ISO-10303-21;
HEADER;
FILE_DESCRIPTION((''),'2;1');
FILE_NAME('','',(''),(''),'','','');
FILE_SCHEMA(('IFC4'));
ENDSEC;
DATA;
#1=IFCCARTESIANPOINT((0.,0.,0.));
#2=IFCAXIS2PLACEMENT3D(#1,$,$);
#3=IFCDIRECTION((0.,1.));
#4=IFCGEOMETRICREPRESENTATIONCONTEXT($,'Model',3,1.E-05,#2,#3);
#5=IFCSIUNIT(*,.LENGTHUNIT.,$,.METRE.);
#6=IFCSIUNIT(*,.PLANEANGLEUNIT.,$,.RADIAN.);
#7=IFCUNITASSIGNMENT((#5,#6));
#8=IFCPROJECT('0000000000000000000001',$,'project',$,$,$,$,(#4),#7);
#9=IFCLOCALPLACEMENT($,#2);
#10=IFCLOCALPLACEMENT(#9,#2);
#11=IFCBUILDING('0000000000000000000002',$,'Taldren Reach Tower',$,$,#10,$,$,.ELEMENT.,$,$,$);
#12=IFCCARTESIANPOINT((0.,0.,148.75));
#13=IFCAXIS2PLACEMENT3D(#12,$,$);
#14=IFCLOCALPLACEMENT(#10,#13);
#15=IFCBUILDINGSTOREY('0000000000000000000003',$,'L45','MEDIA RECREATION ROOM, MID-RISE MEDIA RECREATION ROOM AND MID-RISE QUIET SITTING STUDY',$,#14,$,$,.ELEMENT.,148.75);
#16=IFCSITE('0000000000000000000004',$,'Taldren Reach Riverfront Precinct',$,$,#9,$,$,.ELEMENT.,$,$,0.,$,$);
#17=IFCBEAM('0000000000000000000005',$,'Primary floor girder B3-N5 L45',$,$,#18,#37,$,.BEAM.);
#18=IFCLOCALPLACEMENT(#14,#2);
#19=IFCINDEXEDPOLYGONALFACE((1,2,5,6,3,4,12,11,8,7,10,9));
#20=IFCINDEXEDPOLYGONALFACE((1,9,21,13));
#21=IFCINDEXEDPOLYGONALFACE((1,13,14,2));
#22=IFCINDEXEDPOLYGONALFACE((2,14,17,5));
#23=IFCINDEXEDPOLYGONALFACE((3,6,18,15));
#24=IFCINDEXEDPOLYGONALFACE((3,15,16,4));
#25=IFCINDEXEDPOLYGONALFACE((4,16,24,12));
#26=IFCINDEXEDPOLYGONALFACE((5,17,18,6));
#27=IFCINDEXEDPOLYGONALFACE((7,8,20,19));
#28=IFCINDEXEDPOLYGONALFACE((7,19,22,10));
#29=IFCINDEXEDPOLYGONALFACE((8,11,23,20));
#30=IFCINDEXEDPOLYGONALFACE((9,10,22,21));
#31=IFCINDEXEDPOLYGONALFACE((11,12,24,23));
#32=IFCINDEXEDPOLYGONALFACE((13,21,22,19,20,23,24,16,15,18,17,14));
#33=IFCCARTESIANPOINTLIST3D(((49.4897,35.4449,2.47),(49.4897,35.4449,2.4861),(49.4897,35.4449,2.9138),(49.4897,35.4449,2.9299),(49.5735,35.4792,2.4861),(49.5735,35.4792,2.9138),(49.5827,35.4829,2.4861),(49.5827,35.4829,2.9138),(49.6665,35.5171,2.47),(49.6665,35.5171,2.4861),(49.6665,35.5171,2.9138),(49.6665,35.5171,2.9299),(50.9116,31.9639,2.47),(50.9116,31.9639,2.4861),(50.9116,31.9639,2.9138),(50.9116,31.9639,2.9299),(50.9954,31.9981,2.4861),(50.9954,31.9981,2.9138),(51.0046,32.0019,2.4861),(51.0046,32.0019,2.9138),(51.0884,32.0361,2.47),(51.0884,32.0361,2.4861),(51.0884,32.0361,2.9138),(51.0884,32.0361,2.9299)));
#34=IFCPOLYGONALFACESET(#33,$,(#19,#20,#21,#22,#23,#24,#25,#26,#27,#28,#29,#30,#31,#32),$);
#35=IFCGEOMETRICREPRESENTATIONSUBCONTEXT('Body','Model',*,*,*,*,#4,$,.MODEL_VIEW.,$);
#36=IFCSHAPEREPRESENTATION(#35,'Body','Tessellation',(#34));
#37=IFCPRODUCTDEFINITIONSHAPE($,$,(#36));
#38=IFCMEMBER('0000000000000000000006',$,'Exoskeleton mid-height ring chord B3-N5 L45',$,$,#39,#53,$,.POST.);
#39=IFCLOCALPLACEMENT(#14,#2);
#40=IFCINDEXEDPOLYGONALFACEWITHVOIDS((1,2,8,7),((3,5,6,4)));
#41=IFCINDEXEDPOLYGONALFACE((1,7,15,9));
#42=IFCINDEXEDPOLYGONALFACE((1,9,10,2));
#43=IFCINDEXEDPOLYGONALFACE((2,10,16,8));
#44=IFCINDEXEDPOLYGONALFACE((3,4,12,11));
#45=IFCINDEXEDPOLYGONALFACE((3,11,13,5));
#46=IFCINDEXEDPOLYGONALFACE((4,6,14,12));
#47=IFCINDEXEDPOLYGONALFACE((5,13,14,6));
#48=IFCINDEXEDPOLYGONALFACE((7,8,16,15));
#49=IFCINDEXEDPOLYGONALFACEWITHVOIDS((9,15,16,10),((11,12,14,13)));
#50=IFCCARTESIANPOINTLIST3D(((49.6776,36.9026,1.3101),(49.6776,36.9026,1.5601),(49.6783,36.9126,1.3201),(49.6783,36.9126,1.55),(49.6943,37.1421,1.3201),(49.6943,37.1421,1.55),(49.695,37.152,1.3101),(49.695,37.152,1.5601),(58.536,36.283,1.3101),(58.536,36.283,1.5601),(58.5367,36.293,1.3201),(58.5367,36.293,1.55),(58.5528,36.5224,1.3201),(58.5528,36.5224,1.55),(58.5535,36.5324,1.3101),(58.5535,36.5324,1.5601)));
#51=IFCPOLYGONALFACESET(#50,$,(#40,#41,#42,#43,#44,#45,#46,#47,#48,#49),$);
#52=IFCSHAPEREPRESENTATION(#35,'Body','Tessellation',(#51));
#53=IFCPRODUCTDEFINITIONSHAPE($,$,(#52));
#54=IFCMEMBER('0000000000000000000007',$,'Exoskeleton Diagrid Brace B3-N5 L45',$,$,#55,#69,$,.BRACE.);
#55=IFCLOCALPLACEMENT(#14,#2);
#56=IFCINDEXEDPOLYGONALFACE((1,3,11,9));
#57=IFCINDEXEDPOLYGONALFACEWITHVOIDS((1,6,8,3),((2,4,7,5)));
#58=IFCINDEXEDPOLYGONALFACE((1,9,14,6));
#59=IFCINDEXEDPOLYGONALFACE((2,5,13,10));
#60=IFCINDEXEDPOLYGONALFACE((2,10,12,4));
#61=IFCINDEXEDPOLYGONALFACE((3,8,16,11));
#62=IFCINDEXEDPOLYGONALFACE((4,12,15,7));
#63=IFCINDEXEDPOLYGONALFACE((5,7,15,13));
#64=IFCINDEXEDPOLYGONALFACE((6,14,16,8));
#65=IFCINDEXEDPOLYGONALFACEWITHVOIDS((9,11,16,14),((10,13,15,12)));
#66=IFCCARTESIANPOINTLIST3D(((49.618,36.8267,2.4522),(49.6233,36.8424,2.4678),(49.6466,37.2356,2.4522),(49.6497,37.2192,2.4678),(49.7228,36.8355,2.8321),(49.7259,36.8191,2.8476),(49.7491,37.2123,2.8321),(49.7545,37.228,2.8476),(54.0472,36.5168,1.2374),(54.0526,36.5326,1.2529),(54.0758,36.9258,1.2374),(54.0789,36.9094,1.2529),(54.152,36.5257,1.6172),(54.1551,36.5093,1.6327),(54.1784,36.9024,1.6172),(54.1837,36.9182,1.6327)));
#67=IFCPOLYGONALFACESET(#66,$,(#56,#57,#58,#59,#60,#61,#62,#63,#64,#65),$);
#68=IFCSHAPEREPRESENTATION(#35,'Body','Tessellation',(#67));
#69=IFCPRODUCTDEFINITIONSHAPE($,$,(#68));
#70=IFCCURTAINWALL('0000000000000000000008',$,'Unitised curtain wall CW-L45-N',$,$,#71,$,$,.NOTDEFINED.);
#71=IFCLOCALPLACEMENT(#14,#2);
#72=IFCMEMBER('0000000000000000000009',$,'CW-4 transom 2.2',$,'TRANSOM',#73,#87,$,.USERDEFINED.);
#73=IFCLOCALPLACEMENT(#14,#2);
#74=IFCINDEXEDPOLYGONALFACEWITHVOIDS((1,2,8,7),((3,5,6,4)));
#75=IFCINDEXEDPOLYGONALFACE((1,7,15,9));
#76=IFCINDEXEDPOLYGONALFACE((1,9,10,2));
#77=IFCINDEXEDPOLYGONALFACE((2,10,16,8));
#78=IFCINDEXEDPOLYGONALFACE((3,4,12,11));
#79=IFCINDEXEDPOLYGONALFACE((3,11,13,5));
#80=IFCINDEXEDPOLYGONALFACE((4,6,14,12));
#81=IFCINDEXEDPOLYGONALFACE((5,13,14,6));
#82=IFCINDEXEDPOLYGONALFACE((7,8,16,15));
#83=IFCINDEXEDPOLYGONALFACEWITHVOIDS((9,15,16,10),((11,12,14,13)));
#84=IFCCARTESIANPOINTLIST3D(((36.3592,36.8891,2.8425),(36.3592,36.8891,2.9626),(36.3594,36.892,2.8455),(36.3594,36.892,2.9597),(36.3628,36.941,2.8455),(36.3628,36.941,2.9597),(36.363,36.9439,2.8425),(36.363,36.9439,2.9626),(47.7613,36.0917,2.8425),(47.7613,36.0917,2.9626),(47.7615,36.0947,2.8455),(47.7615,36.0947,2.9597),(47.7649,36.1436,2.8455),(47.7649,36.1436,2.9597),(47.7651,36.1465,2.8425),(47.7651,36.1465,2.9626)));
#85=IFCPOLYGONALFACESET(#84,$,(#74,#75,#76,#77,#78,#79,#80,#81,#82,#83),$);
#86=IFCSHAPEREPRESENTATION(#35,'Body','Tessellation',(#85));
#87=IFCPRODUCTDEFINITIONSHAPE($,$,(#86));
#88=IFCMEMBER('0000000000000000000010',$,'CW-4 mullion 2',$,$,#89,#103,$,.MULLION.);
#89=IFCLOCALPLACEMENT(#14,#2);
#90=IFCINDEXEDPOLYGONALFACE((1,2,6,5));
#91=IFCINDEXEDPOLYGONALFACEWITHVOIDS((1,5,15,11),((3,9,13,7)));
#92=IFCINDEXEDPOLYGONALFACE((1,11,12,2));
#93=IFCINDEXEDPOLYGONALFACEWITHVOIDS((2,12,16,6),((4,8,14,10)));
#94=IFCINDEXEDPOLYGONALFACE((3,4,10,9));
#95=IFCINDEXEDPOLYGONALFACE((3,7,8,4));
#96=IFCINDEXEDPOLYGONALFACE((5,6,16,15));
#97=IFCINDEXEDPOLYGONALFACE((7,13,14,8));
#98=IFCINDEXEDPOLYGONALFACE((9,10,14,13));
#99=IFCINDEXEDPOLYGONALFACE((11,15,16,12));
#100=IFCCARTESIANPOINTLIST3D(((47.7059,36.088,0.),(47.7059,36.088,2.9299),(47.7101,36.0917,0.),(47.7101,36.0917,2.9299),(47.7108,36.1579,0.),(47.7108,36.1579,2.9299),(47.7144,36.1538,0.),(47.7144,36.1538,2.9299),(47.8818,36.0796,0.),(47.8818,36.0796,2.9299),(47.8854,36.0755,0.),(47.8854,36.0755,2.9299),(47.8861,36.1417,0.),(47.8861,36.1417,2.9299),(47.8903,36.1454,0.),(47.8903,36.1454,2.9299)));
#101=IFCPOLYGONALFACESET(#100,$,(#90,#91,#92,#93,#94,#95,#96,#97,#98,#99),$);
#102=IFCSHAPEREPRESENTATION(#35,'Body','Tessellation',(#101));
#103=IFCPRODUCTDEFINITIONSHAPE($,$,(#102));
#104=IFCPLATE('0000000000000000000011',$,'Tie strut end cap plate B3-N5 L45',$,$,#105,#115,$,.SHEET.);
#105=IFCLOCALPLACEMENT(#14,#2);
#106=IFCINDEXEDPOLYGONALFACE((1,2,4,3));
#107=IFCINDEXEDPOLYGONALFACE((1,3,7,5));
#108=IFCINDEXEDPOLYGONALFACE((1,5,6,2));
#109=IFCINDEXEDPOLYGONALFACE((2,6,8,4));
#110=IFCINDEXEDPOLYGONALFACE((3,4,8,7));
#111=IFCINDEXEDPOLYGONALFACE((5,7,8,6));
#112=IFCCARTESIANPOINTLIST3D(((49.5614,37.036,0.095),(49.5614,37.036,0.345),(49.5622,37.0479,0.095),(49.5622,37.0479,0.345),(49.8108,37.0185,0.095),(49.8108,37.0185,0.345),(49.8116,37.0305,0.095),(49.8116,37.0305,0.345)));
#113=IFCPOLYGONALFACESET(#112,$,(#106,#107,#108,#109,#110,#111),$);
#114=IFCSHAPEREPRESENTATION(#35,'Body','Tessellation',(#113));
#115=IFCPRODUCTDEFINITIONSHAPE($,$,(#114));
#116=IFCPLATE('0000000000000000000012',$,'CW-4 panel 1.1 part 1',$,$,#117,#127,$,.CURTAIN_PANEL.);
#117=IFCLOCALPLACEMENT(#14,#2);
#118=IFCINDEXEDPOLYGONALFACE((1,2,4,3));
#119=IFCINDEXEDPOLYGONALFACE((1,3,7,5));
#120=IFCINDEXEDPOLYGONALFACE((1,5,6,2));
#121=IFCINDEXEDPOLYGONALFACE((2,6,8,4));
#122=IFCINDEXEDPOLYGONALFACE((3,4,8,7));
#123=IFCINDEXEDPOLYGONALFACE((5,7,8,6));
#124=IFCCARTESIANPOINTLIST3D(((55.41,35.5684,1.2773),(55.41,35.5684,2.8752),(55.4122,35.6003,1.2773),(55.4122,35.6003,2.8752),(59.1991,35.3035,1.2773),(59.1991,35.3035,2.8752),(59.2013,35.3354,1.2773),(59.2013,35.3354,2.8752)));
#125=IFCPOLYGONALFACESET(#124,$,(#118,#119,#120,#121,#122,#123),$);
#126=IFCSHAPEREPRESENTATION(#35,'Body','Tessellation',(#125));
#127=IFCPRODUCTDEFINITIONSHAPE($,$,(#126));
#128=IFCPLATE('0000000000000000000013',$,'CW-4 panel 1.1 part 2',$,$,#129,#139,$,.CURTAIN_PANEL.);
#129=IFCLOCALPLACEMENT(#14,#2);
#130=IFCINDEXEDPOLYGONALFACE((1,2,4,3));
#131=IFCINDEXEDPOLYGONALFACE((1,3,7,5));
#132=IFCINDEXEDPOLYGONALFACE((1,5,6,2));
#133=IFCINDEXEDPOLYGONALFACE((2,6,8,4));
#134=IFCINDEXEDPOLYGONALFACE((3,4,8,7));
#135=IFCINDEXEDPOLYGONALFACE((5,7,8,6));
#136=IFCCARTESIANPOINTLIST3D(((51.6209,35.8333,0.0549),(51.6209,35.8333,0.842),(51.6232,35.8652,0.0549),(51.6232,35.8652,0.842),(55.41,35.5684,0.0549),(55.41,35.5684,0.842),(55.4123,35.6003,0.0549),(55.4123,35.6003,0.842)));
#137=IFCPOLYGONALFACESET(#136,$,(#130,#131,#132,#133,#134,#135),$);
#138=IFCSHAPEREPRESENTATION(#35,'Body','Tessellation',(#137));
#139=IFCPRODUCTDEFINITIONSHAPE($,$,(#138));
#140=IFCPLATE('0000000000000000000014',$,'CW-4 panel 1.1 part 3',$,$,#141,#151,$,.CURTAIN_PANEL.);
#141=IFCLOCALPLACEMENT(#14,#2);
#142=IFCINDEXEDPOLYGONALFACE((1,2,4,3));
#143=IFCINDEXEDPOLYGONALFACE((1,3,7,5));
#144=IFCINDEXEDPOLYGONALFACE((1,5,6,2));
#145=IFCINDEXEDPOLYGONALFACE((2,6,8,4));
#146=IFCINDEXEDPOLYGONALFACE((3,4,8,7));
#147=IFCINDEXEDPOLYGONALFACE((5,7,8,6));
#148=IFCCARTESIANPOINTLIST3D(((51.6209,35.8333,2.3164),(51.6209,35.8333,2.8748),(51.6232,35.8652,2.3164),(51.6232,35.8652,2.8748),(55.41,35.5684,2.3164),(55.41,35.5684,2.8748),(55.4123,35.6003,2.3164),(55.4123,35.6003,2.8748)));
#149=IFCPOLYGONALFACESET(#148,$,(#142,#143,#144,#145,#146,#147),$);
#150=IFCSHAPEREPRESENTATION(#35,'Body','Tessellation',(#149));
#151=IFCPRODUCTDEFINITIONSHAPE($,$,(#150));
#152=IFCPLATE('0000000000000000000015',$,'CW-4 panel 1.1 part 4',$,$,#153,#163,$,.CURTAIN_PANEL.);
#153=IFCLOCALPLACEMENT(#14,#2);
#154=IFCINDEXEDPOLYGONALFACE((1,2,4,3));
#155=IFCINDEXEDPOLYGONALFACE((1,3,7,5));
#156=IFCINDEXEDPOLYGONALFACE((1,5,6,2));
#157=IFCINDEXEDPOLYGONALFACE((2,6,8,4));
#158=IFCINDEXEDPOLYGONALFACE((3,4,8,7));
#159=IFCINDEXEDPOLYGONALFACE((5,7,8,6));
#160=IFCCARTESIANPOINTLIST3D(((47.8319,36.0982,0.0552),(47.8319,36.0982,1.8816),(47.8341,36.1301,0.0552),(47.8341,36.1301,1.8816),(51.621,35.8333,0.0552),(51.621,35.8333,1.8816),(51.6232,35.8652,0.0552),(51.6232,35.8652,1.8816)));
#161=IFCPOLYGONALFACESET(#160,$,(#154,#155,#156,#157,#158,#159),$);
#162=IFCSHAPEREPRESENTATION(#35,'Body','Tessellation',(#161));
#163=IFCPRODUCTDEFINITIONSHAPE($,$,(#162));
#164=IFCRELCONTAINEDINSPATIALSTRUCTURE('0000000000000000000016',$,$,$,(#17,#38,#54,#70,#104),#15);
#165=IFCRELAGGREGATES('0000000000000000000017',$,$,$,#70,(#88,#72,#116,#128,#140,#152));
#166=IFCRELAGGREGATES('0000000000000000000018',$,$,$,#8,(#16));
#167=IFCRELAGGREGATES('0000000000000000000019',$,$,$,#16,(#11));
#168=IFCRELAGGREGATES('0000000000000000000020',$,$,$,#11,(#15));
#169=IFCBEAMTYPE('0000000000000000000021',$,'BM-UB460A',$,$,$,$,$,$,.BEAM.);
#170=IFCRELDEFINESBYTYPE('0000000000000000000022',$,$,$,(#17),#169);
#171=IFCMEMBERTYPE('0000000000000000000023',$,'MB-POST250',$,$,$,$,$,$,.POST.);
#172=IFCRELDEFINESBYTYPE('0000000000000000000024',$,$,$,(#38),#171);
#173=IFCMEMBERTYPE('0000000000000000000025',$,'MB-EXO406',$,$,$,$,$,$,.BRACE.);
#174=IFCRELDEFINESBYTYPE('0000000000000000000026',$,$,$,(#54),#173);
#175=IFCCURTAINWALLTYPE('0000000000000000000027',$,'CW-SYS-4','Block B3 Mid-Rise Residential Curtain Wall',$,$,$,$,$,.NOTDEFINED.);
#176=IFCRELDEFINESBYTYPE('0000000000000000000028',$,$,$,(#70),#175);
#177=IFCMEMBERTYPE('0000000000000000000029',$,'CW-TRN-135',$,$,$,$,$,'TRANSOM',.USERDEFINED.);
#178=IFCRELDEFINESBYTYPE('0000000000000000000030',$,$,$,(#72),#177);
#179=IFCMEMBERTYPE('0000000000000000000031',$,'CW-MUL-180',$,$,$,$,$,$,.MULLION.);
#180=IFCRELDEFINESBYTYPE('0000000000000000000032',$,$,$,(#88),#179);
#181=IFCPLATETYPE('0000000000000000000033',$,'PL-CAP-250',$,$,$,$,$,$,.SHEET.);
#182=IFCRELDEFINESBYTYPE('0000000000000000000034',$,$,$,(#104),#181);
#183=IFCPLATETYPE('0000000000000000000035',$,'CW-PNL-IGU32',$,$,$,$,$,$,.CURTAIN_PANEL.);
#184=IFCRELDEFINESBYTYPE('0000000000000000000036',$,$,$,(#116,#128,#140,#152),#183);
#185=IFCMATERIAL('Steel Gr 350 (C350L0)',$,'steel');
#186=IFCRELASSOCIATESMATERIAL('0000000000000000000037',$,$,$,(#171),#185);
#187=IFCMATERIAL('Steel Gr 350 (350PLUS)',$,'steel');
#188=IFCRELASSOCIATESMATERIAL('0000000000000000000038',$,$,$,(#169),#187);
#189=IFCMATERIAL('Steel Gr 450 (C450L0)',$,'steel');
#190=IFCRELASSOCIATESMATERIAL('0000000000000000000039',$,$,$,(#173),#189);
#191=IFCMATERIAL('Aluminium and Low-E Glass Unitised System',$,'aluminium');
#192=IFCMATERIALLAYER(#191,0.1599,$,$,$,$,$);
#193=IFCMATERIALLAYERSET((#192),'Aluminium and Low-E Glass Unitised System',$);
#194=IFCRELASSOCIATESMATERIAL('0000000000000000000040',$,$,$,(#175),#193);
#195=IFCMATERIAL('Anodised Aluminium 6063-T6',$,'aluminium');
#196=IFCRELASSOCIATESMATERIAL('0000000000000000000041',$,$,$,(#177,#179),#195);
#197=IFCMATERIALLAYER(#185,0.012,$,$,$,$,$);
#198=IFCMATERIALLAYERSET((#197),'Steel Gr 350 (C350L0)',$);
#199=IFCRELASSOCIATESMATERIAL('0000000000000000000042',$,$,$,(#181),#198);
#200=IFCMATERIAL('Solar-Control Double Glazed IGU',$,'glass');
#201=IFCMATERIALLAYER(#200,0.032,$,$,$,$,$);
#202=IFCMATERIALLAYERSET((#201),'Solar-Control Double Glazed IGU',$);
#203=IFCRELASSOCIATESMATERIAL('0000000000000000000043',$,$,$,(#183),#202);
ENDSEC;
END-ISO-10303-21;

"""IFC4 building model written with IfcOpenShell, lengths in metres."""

from ifc_helpers import new_model, si_unit, direction, frame, origin, origin_2d, place, context, subcontext, project, spatial, rectangle, hollow_rectangle, i_section, extrude, source, transform, mapped, material, layer, layer_set, material_profile, profile_set, type_object, element, aggregate, save


model = new_model("IFC4")

# Units and contexts
model_context = context("Model", 3, precision=1e-05, world=origin(), true_north=direction((0.0, 1.0)))
body_context = subcontext(model_context, "Body", "Model", "MODEL_VIEW")
ifc_project = project(units=[si_unit("LENGTHUNIT", "METRE"), si_unit("PLANEANGLEUNIT", "RADIAN")], contexts=[model_context])

# Site, building, storey
site_placement = place(None, origin())
site = spatial("IfcSite", under=ifc_project, at=site_placement, Name="Taldren Reach Riverfront Precinct", CompositionType="ELEMENT", RefElevation=0.0)
building_placement = place(site_placement, origin())
building = spatial("IfcBuilding", under=site, at=building_placement, Name="Taldren Reach Tower", CompositionType="ELEMENT")
storey_placement = place(building_placement, frame((0.0, 0.0, 148.75)))
storey = spatial("IfcBuildingStorey", under=building, at=storey_placement, Name="L45", Description="MEDIA RECREATION ROOM, MID-RISE MEDIA RECREATION ROOM AND MID-RISE QUIET SITTING STUDY", CompositionType="ELEMENT", Elevation=148.75)

# Shared definitions
ifc_material_1 = material(Name="Steel Gr 450 (C450L0)", Category="steel")
ifc_material_2 = material(Name="Steel Gr 350 (350PLUS)", Category="steel")

# Shared definitions
ifc_material_3 = material(Name="Steel Gr 350 (C350L0)", Category="steel")
ifc_material_profile_1 = material_profile(ifc_material_3, hollow_rectangle(XDim=0.25, YDim=0.25, WallThickness=0.01, at=origin_2d()), Name="250x250x10.0SHS")
ifc_profile_set_1 = profile_set([ifc_material_profile_1], Name="Steel Gr 350 (C350L0)")
member_type_1 = type_object("IfcMemberType", Name="MB-POST250", PredefinedType="POST", material=ifc_profile_set_1)

# Beam
ifc_material_profile_2 = material_profile(ifc_material_2, i_section(OverallWidth=0.1909, OverallDepth=0.46, WebThickness=0.01, FlangeThickness=0.0161, at=origin_2d()), Name="460UB82.1")
ifc_profile_set_2 = profile_set([ifc_material_profile_2], Name="Steel Gr 350 (350PLUS)")
beam_type_1 = type_object("IfcBeamType", Name="BM-UB460A", PredefinedType="BEAM", material=ifc_profile_set_2)
shared_shape_1 = source(origin(), body_context, "Body", "SweptSolid", [
    extrude(i_section(OverallWidth=0.1909, OverallDepth=0.46, WebThickness=0.01, FlangeThickness=0.0161, at=origin_2d()), origin(), (0.0, 0.0, 1.0), 3.7603),
])
beam_1_placement = place(storey_placement, frame((51.0, 32.0, 2.7), z_axis=(-0.378142, 0.925747, 0.0), x_axis=(-0.925747, -0.378142, 0.0)))
element("IfcBeam", 1, at=beam_1_placement, inside=storey, type_object=beam_type_1, Name="Primary floor girder B3-N5 L45", PredefinedType="BEAM", context=body_context, shape_type="MappedRepresentation", body=[
    mapped(shared_shape_1, transform((0.0, 0.0, 0.0), scale=1.0)),
])

# Members
shared_shape_2 = source(origin(), body_context, "Body", "SweptSolid", [
    extrude(hollow_rectangle(XDim=0.25, YDim=0.25, WallThickness=0.01, at=origin_2d()), origin(), (0.0, 0.0, 1.0), 8.8801),
])
member_1_placement = place(storey_placement, frame((49.6863, 37.0273, 1.4351), z_axis=(0.997563, -0.069778, 0.0), x_axis=(0.069778, 0.997563, 0.0)))
element("IfcMember", 2, at=member_1_placement, inside=storey, type_object=member_type_1, Name="Exoskeleton mid-height ring chord B3-N5 L45", PredefinedType="POST", context=body_context, shape_type="MappedRepresentation", body=[
    mapped(shared_shape_2, transform((0.0, 0.0, 0.0), scale=1.0)),
])
ifc_material_profile_3 = material_profile(ifc_material_1, hollow_rectangle(XDim=0.4099, YDim=0.4099, WallThickness=0.0161, at=origin_2d()), Name="410x410x16.0SHS")
ifc_profile_set_3 = profile_set([ifc_material_profile_3], Name="Steel Gr 450 (C450L0)")
member_type_2 = type_object("IfcMemberType", Name="MB-EXO406", PredefinedType="BRACE", material=ifc_profile_set_3)
shared_shape_3 = source(origin(), body_context, "Body", "SweptSolid", [
    extrude(hollow_rectangle(XDim=0.4099, YDim=0.4099, WallThickness=0.0161, at=origin_2d()), origin(), (0.0, 0.0, 1.0), 4.6033),
])
member_2_placement = place(storey_placement, frame((54.1155, 36.7175, 1.4351), z_axis=(-0.962196, 0.067304, 0.263912), x_axis=(-0.069778, -0.997563, 0.0)))
element("IfcMember", 3, at=member_2_placement, inside=storey, type_object=member_type_2, Name="Exoskeleton Diagrid Brace B3-N5 L45", PredefinedType="BRACE", context=body_context, shape_type="MappedRepresentation", body=[
    mapped(shared_shape_3, transform((0.0, 0.0, 0.0), scale=1.0)),
])

# Curtain wall, members
ifc_material_4 = material(Name="Aluminium and Low-E Glass Unitised System", Category="aluminium")
ifc_layer_1 = layer(ifc_material_4, 0.1599)
ifc_layer_set_1 = layer_set([ifc_layer_1], Name="Aluminium and Low-E Glass Unitised System")
curtain_wall_type = type_object("IfcCurtainWallType", Name="CW-SYS-4", Description="Block B3 Mid-Rise Residential Curtain Wall", PredefinedType="NOTDEFINED", material=ifc_layer_set_1)
curtain_wall_placement = place(storey_placement, origin())
curtain_wall = element("IfcCurtainWall", 4, at=curtain_wall_placement, inside=storey, type_object=curtain_wall_type, Name="Unitised curtain wall CW-L45-N", PredefinedType="NOTDEFINED")
ifc_material_5 = material(Name="Anodised Aluminium 6063-T6", Category="aluminium")
ifc_material_profile_4 = material_profile(ifc_material_5, hollow_rectangle(XDim=0.0549, YDim=0.1201, WallThickness=0.0029, at=origin_2d()), Name="ALU-120x55x3RHS")
ifc_profile_set_4 = profile_set([ifc_material_profile_4], Name="Anodised Aluminium 6063-T6")
member_type_3 = type_object("IfcMemberType", Name="CW-TRN-135", ElementType="TRANSOM", PredefinedType="USERDEFINED", material=ifc_profile_set_4)
shared_shape_4 = source(origin(), body_context, "Body", "SweptSolid", [
    extrude(hollow_rectangle(XDim=0.0549, YDim=0.1201, WallThickness=0.0029, at=origin_2d()), origin(), (0.0, 0.0, 1.0), 11.4299),
])
member_3_placement = place(storey_placement, frame((47.7632, 36.1191, 2.9026), z_axis=(-0.997564, 0.069761, 0.0), x_axis=(-0.069761, -0.997564, 0.0)))
member_3 = element("IfcMember", 5, at=member_3_placement, type_object=member_type_3, Name="CW-4 transom 2.2", ObjectType="TRANSOM", PredefinedType="USERDEFINED", context=body_context, shape_type="MappedRepresentation", body=[
    mapped(shared_shape_4, transform((0.0, 0.0, 0.0), scale=1.0)),
])
ifc_material_profile_5 = material_profile(ifc_material_5, hollow_rectangle(XDim=0.0701, YDim=0.1799, WallThickness=0.0039, at=origin_2d()), Name="ALU-180x70x4RHS")
ifc_profile_set_5 = profile_set([ifc_material_profile_5], Name="Anodised Aluminium 6063-T6")
member_type_4 = type_object("IfcMemberType", Name="CW-MUL-180", PredefinedType="MULLION", material=ifc_profile_set_5)
shared_shape_5 = source(origin(), body_context, "Body", "SweptSolid", [
    extrude(hollow_rectangle(XDim=0.0701, YDim=0.1799, WallThickness=0.0039, at=origin_2d()), origin(), (0.0, 0.0, 1.0), 2.9299),
])
member_4_placement = place(storey_placement, frame((47.7981, 36.1167, 0.0), z_axis=(0.0, 0.0, 1.0), x_axis=(-0.069757, -0.997564, 0.0)))
member_4 = element("IfcMember", 6, at=member_4_placement, type_object=member_type_4, Name="CW-4 mullion 2", PredefinedType="MULLION", context=body_context, shape_type="MappedRepresentation", body=[
    mapped(shared_shape_5, transform((0.0, 0.0, 0.0), scale=1.0)),
])

# Plates
ifc_layer_2 = layer(ifc_material_3, 0.012)
ifc_layer_set_2 = layer_set([ifc_layer_2], Name="Steel Gr 350 (C350L0)")
plate_type_1 = type_object("IfcPlateType", Name="PL-CAP-250", PredefinedType="SHEET", material=ifc_layer_set_2)
shared_shape_6 = source(origin(), body_context, "Body", "SweptSolid", [
    extrude(rectangle(XDim=0.25, YDim=0.012, at=origin_2d()), origin(), (0.0, 0.0, 1.0), 0.25),
])
plate_1_placement = place(storey_placement, frame((49.6865, 37.0332, 0.095), z_axis=(0.0, 0.0, 1.0), x_axis=(0.997564, -0.069756, 0.0)))
element("IfcPlate", 7, at=plate_1_placement, inside=storey, type_object=plate_type_1, Name="Tie strut end cap plate B3-N5 L45", PredefinedType="SHEET", context=body_context, shape_type="MappedRepresentation", body=[
    mapped(shared_shape_6, transform((0.0, 0.0, 0.0), scale=1.0)),
])
ifc_material_6 = material(Name="Solar-Control Double Glazed IGU", Category="glass")
ifc_layer_3 = layer(ifc_material_6, 0.032)
ifc_layer_set_3 = layer_set([ifc_layer_3], Name="Solar-Control Double Glazed IGU")
plate_type_2 = type_object("IfcPlateType", Name="CW-PNL-IGU32", PredefinedType="CURTAIN_PANEL", material=ifc_layer_set_3)
shared_shape_7 = source(origin(), body_context, "Body", "SweptSolid", [
    extrude(rectangle(XDim=3.7983, YDim=0.032, at=origin_2d()), origin(), (0.0, 0.0, 1.0), 1.5979),
])
plate_2_placement = place(storey_placement, frame((57.3057, 35.4519, 1.2773), z_axis=(0.0, 0.0, 1.0), x_axis=(-0.997564, 0.069757, 0.0)))
plate_2 = element("IfcPlate", 8, at=plate_2_placement, type_object=plate_type_2, Name="CW-4 panel 1.1 part 1", PredefinedType="CURTAIN_PANEL", context=body_context, shape_type="MappedRepresentation", body=[
    mapped(shared_shape_7, transform((0.0, 0.0, 0.0), scale=1.0)),
])
shared_shape_8 = source(origin(), body_context, "Body", "SweptSolid", [
    extrude(rectangle(XDim=3.7983, YDim=0.032, at=origin_2d()), origin(), (0.0, 0.0, 1.0), 0.7871),
])
plate_3_placement = place(storey_placement, frame((53.5166, 35.7168, 0.0549), z_axis=(0.0, 0.0, 1.0), x_axis=(-0.997564, 0.069757, 0.0)))
plate_3 = element("IfcPlate", 9, at=plate_3_placement, type_object=plate_type_2, Name="CW-4 panel 1.1 part 2", PredefinedType="CURTAIN_PANEL", context=body_context, shape_type="MappedRepresentation", body=[
    mapped(shared_shape_8, transform((0.0, 0.0, 0.0), scale=1.0)),
])
shared_shape_9 = source(origin(), body_context, "Body", "SweptSolid", [
    extrude(rectangle(XDim=3.7983, YDim=0.032, at=origin_2d()), origin(), (0.0, 0.0, 1.0), 0.5583),
])
plate_4_placement = place(storey_placement, frame((53.5166, 35.7168, 2.3164), z_axis=(0.0, 0.0, 1.0), x_axis=(-0.997564, 0.069757, 0.0)))
plate_4 = element("IfcPlate", 10, at=plate_4_placement, type_object=plate_type_2, Name="CW-4 panel 1.1 part 3", PredefinedType="CURTAIN_PANEL", context=body_context, shape_type="MappedRepresentation", body=[
    mapped(shared_shape_9, transform((0.0, 0.0, 0.0), scale=1.0)),
])
shared_shape_10 = source(origin(), body_context, "Body", "SweptSolid", [
    extrude(rectangle(XDim=3.7983, YDim=0.032, at=origin_2d()), origin(), (0.0, 0.0, 1.0), 1.8264),
])
plate_5_placement = place(storey_placement, frame((49.7275, 35.9817, 0.0552), z_axis=(0.0, 0.0, 1.0), x_axis=(-0.997564, 0.069757, 0.0)))
plate_5 = element("IfcPlate", 11, at=plate_5_placement, type_object=plate_type_2, Name="CW-4 panel 1.1 part 4", PredefinedType="CURTAIN_PANEL", context=body_context, shape_type="MappedRepresentation", body=[
    mapped(shared_shape_10, transform((0.0, 0.0, 0.0), scale=1.0)),
])
aggregate(curtain_wall, [member_4, member_3, plate_2, plate_3, plate_4, plate_5])

save(model, "model.ifc")
